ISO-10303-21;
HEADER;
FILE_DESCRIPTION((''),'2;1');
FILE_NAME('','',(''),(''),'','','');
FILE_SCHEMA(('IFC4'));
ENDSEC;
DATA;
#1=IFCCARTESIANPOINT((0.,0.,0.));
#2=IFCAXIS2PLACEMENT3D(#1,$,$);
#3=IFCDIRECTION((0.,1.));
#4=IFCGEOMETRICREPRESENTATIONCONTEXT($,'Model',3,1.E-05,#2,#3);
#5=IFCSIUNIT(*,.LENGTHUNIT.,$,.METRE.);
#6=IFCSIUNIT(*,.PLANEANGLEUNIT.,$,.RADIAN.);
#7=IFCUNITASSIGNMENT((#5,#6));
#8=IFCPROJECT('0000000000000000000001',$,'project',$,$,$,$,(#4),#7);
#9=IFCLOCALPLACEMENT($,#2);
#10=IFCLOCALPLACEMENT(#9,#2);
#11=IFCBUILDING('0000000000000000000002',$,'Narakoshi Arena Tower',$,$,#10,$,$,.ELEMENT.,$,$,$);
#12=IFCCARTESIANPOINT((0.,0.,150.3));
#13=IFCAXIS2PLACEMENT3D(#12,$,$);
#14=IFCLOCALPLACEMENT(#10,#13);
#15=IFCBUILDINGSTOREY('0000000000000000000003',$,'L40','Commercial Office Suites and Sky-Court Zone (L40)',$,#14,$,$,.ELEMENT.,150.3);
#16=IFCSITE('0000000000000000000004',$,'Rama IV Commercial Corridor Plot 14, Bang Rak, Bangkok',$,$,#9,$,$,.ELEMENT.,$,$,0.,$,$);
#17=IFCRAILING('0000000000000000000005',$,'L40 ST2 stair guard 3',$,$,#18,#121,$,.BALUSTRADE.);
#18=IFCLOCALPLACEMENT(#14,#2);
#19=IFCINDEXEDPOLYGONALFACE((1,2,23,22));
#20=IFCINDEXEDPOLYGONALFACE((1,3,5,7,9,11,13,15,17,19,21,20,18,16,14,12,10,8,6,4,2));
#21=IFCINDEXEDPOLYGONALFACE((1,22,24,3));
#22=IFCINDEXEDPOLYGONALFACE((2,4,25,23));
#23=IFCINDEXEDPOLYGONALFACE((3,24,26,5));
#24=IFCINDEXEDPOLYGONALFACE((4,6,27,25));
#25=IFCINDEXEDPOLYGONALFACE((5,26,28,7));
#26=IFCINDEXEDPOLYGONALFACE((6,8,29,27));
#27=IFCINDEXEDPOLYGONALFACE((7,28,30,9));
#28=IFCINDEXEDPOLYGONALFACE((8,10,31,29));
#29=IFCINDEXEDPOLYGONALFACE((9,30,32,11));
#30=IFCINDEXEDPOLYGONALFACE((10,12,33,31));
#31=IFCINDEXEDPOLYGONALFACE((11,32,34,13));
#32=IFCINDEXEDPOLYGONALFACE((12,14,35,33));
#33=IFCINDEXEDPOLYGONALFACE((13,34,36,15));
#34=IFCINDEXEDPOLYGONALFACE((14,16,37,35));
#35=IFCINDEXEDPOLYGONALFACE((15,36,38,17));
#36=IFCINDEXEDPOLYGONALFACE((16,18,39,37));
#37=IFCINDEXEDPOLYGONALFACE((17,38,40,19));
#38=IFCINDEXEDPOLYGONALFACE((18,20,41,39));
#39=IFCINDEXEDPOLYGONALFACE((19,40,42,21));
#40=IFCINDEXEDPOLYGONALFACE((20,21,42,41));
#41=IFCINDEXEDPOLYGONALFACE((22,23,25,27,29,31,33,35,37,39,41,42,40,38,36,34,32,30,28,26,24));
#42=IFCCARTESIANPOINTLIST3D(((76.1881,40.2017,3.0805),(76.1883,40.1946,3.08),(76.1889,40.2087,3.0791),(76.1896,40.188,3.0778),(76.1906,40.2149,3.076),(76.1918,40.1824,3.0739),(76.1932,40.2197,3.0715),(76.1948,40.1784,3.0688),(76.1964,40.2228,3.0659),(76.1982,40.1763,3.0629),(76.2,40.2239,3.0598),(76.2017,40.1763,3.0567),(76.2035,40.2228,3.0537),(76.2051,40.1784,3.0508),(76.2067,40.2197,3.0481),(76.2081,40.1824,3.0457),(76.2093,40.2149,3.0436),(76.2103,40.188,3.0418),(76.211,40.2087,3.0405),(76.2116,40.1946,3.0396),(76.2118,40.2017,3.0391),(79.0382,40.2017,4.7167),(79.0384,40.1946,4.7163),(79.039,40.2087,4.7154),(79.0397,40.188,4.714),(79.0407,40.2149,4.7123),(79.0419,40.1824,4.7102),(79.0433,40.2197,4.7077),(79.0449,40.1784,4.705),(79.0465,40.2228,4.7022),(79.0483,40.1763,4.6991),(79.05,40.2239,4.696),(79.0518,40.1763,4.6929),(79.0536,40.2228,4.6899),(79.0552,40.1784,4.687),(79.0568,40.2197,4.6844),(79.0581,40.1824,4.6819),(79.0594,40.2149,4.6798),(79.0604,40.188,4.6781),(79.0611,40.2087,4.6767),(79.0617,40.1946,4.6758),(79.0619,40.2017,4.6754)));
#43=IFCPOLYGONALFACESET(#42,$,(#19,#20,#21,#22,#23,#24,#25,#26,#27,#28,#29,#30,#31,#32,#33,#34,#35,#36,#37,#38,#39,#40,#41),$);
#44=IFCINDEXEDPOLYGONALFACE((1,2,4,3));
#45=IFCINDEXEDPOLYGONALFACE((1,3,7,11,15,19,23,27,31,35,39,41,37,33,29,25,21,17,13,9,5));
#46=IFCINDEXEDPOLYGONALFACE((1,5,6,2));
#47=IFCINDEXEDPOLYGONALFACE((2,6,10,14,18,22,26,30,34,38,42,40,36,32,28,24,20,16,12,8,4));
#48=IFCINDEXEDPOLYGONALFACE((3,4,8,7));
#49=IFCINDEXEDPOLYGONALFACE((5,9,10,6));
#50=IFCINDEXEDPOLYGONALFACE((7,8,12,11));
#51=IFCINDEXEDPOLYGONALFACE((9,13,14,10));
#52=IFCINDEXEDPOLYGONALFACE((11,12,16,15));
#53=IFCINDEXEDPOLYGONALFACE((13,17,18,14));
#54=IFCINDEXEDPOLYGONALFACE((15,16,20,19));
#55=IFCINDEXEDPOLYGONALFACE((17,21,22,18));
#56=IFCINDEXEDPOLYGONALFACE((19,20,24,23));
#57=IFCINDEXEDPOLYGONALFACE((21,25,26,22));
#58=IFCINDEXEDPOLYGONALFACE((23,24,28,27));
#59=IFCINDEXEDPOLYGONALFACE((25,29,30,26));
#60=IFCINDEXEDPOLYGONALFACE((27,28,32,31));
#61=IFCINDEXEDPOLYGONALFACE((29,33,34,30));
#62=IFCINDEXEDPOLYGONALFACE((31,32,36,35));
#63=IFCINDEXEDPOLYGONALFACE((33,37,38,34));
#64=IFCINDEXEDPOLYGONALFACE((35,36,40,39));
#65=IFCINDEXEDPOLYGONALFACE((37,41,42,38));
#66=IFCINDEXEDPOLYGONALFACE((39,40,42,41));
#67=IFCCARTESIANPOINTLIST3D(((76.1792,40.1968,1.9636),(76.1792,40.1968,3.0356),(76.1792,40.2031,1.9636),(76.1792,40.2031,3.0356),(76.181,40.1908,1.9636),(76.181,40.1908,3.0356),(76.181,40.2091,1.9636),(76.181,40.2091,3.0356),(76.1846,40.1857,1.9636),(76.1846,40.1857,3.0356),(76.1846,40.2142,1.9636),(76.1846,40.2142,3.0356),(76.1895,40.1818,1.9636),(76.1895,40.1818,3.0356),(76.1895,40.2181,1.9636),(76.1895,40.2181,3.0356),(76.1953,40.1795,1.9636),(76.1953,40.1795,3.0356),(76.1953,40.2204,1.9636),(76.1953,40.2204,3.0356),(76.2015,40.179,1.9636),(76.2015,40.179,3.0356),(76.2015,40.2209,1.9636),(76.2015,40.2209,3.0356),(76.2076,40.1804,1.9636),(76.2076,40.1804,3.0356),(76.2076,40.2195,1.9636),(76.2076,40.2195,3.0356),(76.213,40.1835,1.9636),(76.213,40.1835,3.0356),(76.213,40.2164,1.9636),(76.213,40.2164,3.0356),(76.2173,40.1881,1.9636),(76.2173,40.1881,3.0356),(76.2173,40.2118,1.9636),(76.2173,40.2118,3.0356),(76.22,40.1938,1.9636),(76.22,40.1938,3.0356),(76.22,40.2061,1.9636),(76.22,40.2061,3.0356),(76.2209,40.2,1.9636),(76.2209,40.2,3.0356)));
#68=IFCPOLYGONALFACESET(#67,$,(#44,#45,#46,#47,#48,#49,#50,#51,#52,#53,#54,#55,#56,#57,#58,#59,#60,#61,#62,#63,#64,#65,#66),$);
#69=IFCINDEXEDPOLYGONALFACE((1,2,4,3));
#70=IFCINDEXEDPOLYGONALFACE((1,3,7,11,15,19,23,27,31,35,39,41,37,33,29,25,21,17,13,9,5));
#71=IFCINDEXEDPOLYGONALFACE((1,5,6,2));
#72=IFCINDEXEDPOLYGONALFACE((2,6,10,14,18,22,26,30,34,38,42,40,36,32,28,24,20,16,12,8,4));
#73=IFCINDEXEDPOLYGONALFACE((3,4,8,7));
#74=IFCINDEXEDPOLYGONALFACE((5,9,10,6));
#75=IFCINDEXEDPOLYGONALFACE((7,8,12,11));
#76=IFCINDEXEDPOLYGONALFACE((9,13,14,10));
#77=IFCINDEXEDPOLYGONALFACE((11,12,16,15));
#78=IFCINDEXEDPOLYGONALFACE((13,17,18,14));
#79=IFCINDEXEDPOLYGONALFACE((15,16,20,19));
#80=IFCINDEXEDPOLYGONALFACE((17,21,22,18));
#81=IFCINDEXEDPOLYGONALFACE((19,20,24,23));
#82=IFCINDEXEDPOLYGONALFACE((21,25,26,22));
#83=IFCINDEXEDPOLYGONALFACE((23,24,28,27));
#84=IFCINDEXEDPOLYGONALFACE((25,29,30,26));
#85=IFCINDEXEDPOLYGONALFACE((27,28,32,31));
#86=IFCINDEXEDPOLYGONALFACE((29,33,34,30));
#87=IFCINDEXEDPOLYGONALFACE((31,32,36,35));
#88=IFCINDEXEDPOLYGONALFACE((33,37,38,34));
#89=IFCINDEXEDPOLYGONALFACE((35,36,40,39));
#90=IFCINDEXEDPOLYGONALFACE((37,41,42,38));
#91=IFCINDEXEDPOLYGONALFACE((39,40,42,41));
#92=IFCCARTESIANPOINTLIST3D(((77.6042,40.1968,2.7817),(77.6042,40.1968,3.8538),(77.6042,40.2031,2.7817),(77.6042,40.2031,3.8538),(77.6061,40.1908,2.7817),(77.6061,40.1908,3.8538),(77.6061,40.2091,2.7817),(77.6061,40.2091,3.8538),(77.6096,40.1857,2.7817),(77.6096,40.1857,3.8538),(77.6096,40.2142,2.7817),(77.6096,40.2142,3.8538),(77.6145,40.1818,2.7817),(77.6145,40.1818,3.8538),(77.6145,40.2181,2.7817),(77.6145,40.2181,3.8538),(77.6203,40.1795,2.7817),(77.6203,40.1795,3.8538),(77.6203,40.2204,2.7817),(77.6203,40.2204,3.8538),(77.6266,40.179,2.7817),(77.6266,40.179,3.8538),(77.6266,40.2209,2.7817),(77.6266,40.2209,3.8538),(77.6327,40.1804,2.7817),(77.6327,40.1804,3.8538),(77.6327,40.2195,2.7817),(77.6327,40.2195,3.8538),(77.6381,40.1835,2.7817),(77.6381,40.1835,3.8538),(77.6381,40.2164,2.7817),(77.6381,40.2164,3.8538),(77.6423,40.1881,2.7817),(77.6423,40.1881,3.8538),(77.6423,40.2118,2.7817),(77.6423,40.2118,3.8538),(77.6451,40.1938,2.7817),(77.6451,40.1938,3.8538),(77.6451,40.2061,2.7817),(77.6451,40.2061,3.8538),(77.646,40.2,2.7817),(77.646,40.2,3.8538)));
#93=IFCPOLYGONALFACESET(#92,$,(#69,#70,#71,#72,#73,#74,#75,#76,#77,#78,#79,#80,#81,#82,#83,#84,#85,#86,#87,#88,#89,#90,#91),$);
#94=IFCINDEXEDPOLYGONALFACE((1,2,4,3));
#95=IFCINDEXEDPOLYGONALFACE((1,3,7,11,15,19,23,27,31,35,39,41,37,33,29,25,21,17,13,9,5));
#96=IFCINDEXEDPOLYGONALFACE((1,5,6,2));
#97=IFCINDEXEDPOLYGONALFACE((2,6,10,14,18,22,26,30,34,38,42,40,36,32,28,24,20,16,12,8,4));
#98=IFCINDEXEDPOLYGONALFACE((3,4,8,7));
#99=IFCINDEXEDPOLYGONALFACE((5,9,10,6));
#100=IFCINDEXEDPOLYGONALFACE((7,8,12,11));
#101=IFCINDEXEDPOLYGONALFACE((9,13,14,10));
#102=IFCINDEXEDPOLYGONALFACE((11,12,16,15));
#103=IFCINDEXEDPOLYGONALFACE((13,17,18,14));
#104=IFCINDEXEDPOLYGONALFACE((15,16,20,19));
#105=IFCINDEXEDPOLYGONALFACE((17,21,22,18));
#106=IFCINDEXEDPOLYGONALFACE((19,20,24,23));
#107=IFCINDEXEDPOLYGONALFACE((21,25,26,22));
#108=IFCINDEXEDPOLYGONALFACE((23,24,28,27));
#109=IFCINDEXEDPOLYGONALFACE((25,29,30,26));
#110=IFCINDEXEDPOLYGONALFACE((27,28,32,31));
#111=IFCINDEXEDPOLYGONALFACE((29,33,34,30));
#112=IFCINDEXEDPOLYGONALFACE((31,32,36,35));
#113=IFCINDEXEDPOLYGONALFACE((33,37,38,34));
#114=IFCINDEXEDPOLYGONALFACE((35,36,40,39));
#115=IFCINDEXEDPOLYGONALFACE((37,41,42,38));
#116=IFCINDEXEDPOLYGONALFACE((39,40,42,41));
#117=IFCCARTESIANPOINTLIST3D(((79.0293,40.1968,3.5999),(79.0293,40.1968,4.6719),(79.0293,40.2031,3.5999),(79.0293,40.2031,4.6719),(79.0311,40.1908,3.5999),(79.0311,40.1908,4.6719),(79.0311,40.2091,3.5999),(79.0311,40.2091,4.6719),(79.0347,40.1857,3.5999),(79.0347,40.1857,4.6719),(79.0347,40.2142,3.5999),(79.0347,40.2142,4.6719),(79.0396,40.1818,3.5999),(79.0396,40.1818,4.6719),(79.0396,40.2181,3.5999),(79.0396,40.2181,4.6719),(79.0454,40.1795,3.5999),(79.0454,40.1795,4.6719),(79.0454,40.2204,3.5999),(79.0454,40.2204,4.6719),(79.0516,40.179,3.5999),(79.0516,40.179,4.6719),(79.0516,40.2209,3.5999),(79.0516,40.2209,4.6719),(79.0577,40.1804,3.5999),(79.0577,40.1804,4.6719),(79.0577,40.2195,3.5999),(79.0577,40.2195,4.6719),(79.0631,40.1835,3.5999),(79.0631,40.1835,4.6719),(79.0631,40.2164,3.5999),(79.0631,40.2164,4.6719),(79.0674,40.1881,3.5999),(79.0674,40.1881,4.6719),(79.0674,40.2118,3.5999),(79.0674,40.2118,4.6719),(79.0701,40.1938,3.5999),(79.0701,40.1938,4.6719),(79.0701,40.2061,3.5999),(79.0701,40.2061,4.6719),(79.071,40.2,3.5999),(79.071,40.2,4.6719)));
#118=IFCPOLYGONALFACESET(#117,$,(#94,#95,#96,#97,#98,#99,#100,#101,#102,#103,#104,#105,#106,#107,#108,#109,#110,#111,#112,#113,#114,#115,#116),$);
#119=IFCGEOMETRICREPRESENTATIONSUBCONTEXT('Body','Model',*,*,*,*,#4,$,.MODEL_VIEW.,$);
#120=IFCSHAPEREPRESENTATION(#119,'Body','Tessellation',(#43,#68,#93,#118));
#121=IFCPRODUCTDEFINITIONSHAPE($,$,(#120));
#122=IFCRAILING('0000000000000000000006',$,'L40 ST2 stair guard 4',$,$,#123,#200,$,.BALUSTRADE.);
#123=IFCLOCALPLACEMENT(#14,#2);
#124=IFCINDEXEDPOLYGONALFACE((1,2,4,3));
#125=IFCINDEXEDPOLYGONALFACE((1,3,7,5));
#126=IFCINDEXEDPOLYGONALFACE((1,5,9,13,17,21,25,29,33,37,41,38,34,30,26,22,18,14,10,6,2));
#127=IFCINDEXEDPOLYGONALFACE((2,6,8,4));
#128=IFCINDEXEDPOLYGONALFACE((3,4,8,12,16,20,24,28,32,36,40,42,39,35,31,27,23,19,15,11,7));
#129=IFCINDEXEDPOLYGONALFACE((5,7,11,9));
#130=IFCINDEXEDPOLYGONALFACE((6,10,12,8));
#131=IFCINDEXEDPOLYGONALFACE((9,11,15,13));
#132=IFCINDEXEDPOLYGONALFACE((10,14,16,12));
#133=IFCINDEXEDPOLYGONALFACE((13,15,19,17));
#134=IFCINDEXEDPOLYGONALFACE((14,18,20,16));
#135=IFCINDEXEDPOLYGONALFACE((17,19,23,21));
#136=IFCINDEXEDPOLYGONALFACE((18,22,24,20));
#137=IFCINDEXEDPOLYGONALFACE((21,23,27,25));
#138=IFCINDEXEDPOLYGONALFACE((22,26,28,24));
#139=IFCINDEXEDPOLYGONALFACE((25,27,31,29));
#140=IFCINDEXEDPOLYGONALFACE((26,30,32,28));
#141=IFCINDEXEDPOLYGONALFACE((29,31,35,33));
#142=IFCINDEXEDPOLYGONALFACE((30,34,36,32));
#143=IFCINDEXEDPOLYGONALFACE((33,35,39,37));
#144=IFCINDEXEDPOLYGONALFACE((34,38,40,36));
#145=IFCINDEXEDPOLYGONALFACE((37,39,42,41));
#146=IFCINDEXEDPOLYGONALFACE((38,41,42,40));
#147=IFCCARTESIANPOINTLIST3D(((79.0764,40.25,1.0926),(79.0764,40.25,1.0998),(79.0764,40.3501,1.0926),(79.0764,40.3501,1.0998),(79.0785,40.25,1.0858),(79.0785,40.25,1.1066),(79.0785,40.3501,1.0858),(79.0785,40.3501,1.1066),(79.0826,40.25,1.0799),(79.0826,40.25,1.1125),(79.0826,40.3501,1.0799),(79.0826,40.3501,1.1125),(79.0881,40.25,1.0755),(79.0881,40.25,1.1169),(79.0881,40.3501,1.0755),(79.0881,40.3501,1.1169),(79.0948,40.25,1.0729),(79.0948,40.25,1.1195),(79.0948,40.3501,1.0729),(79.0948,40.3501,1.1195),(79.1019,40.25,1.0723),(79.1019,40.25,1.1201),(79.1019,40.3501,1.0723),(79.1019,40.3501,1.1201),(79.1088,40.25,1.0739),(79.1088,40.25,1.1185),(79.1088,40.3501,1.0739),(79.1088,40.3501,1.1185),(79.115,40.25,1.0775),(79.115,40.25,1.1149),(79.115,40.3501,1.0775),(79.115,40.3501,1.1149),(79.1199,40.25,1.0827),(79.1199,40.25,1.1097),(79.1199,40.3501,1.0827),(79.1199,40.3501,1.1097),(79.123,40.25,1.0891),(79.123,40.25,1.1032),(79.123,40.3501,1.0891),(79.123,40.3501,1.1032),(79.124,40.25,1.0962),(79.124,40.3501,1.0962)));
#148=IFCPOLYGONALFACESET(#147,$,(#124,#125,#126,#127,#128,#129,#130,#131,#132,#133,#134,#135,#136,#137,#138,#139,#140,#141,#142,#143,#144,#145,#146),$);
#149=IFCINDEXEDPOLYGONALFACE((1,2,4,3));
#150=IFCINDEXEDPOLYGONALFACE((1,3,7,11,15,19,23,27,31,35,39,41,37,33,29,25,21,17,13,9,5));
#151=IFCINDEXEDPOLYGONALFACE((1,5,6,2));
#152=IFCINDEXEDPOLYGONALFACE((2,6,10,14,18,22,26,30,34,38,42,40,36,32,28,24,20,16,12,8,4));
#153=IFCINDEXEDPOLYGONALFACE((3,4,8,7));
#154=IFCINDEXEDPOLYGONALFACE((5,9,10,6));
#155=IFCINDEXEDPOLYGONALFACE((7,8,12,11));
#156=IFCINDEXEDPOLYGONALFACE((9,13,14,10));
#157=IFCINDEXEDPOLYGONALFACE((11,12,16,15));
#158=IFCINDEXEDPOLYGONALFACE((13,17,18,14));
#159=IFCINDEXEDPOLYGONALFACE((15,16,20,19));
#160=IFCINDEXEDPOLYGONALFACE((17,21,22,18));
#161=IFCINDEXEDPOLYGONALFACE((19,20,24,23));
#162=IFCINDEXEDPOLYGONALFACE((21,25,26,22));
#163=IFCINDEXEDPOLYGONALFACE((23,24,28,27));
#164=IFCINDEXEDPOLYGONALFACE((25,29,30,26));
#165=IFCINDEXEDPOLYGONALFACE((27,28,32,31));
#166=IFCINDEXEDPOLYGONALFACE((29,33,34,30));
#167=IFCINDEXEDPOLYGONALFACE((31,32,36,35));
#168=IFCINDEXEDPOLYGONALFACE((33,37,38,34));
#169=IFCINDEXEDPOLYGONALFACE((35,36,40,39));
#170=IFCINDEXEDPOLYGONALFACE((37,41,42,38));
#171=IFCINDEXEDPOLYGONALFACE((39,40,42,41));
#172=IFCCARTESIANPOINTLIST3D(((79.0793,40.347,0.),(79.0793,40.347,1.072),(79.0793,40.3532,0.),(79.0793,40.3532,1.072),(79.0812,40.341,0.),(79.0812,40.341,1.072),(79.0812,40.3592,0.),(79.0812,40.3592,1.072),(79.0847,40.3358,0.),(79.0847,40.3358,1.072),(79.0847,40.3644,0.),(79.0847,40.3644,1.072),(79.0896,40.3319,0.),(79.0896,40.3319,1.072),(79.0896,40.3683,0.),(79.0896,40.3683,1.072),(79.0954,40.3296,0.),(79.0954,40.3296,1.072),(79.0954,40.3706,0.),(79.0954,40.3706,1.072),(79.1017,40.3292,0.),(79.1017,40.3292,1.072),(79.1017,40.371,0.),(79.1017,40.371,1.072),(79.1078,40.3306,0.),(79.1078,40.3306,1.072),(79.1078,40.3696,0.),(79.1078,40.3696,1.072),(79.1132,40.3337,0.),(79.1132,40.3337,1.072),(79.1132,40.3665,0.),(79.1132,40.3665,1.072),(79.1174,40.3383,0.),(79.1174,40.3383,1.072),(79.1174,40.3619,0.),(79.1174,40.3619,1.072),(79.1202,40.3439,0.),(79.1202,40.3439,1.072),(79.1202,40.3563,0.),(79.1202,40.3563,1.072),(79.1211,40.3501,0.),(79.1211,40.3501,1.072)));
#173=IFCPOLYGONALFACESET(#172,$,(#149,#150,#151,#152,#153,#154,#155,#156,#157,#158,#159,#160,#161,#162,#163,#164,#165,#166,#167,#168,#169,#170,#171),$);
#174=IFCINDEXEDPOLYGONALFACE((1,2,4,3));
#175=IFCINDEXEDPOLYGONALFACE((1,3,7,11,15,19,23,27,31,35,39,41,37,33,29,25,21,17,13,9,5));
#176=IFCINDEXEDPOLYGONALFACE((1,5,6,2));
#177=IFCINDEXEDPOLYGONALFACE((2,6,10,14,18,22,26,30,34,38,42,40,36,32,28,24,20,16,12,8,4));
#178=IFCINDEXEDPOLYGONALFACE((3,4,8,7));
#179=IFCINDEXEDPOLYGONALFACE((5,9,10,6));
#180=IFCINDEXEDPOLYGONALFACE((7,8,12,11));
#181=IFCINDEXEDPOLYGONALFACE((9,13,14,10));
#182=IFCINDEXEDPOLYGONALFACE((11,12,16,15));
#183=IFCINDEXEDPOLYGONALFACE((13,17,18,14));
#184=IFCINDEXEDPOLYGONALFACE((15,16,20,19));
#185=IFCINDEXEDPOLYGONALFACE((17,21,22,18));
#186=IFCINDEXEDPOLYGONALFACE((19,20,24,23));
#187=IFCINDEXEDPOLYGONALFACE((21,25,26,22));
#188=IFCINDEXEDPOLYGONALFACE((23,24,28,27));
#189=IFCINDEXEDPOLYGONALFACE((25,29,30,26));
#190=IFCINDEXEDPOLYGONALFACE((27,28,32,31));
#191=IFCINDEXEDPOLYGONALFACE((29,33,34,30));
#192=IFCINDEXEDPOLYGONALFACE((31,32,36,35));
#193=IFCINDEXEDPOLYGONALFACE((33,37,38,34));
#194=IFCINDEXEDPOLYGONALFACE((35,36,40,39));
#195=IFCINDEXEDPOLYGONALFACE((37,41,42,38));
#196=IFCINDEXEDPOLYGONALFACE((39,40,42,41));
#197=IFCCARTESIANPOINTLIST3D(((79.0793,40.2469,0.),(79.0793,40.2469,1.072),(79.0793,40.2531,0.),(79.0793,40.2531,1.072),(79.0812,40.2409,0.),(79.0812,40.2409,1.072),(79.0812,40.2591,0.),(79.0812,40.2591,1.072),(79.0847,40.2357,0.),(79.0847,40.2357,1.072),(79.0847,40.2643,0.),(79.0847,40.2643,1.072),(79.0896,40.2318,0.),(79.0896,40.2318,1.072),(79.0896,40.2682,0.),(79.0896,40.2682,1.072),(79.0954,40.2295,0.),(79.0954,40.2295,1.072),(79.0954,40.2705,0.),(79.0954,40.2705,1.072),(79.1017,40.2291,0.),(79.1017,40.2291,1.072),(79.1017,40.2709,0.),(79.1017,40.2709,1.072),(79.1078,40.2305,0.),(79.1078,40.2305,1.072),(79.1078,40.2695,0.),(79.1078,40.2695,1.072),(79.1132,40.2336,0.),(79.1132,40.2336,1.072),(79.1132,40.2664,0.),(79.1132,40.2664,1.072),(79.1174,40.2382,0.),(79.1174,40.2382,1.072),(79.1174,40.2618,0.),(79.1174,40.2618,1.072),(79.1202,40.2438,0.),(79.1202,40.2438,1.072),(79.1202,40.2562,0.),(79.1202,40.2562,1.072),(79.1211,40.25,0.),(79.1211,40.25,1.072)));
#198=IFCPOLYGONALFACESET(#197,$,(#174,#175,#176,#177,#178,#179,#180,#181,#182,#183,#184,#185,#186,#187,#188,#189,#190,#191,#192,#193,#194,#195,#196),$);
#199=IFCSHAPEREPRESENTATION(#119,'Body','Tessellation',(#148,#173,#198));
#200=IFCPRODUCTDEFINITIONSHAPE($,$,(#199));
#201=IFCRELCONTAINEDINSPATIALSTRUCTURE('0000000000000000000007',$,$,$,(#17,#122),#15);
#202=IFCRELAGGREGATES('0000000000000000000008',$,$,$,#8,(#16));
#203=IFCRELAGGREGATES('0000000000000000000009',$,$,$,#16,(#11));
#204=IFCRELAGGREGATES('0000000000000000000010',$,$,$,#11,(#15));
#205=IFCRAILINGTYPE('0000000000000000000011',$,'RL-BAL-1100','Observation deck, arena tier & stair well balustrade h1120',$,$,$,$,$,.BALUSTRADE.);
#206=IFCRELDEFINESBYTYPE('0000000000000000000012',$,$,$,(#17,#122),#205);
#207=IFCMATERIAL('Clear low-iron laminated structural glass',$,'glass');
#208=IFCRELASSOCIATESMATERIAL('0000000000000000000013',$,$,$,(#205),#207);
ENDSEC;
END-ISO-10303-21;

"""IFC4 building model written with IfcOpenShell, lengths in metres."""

from ifc_helpers import new_model, si_unit, direction, frame, origin, origin_2d, place, context, subcontext, project, spatial, circle, extrude, material, type_object, element, save


model = new_model("IFC4")

# Units and contexts
model_context = context("Model", 3, precision=1e-05, world=origin(), true_north=direction((0.0, 1.0)))
body_context = subcontext(model_context, "Body", "Model", "MODEL_VIEW")
ifc_project = project(units=[si_unit("LENGTHUNIT", "METRE"), si_unit("PLANEANGLEUNIT", "RADIAN")], contexts=[model_context])

# Site, building, storey
site_placement = place(None, origin())
site = spatial("IfcSite", under=ifc_project, at=site_placement, Name="Rama IV Commercial Corridor Plot 14, Bang Rak, Bangkok", CompositionType="ELEMENT", RefElevation=0.0)
building_placement = place(site_placement, origin())
building = spatial("IfcBuilding", under=site, at=building_placement, Name="Narakoshi Arena Tower", CompositionType="ELEMENT")
storey_placement = place(building_placement, frame((0.0, 0.0, 150.3)))
storey = spatial("IfcBuildingStorey", under=building, at=storey_placement, Name="L40", Description="Commercial Office Suites and Sky-Court Zone (L40)", CompositionType="ELEMENT", Elevation=150.3)

# Railings
ifc_material_1 = material(Name="Clear low-iron laminated structural glass", Category="glass")
railing_type_1 = type_object("IfcRailingType", Name="RL-BAL-1100", Description="Observation deck, arena tier & stair well balustrade h1120", PredefinedType="BALUSTRADE", material=ifc_material_1)
railing_1_placement = place(storey_placement, frame((76.2, 40.2, 1.9636)))
element("IfcRailing", 1, at=railing_1_placement, inside=storey, type_object=railing_type_1, Name="L40 ST2 stair guard 3", PredefinedType="BALUSTRADE", context=body_context, shape_type="SweptSolid", body=[
    extrude(circle(Radius=0.0239, at=origin_2d()), frame((0.0, 0.0, 1.0962), z_axis=(0.867245, 0.0, 0.497882), x_axis=(0.0, 1.0, 0.0)), (0.0, 0.0, 1.0), 3.2864),
    extrude(circle(Radius=0.021, at=origin_2d()), origin(), (0.0, 0.0, 1.0), 1.072),
    extrude(circle(Radius=0.021, at=origin_2d()), frame((1.425, 0.0, 0.8181)), (0.0, 0.0, 1.0), 1.072),
    extrude(circle(Radius=0.021, at=origin_2d()), frame((2.8501, 0.0, 1.6362)), (0.0, 0.0, 1.0), 1.072),
])
railing_2_placement = place(storey_placement, frame((79.1001, 40.3501, 0.0)))
element("IfcRailing", 2, at=railing_2_placement, inside=storey, type_object=railing_type_1, Name="L40 ST2 stair guard 4", PredefinedType="BALUSTRADE", context=body_context, shape_type="SweptSolid", body=[
    extrude(circle(Radius=0.0239, at=origin_2d()), frame((0.0, 0.0, 1.0962), z_axis=(0.0, -1.0, 0.0), x_axis=(1.0, 0.0, 0.0)), (0.0, 0.0, 1.0), 0.1001),
    extrude(circle(Radius=0.021, at=origin_2d()), origin(), (0.0, 0.0, 1.0), 1.072),
    extrude(circle(Radius=0.021, at=origin_2d()), frame((0.0, -0.1001, 0.0)), (0.0, 0.0, 1.0), 1.072),
])

save(model, "model.ifc")
